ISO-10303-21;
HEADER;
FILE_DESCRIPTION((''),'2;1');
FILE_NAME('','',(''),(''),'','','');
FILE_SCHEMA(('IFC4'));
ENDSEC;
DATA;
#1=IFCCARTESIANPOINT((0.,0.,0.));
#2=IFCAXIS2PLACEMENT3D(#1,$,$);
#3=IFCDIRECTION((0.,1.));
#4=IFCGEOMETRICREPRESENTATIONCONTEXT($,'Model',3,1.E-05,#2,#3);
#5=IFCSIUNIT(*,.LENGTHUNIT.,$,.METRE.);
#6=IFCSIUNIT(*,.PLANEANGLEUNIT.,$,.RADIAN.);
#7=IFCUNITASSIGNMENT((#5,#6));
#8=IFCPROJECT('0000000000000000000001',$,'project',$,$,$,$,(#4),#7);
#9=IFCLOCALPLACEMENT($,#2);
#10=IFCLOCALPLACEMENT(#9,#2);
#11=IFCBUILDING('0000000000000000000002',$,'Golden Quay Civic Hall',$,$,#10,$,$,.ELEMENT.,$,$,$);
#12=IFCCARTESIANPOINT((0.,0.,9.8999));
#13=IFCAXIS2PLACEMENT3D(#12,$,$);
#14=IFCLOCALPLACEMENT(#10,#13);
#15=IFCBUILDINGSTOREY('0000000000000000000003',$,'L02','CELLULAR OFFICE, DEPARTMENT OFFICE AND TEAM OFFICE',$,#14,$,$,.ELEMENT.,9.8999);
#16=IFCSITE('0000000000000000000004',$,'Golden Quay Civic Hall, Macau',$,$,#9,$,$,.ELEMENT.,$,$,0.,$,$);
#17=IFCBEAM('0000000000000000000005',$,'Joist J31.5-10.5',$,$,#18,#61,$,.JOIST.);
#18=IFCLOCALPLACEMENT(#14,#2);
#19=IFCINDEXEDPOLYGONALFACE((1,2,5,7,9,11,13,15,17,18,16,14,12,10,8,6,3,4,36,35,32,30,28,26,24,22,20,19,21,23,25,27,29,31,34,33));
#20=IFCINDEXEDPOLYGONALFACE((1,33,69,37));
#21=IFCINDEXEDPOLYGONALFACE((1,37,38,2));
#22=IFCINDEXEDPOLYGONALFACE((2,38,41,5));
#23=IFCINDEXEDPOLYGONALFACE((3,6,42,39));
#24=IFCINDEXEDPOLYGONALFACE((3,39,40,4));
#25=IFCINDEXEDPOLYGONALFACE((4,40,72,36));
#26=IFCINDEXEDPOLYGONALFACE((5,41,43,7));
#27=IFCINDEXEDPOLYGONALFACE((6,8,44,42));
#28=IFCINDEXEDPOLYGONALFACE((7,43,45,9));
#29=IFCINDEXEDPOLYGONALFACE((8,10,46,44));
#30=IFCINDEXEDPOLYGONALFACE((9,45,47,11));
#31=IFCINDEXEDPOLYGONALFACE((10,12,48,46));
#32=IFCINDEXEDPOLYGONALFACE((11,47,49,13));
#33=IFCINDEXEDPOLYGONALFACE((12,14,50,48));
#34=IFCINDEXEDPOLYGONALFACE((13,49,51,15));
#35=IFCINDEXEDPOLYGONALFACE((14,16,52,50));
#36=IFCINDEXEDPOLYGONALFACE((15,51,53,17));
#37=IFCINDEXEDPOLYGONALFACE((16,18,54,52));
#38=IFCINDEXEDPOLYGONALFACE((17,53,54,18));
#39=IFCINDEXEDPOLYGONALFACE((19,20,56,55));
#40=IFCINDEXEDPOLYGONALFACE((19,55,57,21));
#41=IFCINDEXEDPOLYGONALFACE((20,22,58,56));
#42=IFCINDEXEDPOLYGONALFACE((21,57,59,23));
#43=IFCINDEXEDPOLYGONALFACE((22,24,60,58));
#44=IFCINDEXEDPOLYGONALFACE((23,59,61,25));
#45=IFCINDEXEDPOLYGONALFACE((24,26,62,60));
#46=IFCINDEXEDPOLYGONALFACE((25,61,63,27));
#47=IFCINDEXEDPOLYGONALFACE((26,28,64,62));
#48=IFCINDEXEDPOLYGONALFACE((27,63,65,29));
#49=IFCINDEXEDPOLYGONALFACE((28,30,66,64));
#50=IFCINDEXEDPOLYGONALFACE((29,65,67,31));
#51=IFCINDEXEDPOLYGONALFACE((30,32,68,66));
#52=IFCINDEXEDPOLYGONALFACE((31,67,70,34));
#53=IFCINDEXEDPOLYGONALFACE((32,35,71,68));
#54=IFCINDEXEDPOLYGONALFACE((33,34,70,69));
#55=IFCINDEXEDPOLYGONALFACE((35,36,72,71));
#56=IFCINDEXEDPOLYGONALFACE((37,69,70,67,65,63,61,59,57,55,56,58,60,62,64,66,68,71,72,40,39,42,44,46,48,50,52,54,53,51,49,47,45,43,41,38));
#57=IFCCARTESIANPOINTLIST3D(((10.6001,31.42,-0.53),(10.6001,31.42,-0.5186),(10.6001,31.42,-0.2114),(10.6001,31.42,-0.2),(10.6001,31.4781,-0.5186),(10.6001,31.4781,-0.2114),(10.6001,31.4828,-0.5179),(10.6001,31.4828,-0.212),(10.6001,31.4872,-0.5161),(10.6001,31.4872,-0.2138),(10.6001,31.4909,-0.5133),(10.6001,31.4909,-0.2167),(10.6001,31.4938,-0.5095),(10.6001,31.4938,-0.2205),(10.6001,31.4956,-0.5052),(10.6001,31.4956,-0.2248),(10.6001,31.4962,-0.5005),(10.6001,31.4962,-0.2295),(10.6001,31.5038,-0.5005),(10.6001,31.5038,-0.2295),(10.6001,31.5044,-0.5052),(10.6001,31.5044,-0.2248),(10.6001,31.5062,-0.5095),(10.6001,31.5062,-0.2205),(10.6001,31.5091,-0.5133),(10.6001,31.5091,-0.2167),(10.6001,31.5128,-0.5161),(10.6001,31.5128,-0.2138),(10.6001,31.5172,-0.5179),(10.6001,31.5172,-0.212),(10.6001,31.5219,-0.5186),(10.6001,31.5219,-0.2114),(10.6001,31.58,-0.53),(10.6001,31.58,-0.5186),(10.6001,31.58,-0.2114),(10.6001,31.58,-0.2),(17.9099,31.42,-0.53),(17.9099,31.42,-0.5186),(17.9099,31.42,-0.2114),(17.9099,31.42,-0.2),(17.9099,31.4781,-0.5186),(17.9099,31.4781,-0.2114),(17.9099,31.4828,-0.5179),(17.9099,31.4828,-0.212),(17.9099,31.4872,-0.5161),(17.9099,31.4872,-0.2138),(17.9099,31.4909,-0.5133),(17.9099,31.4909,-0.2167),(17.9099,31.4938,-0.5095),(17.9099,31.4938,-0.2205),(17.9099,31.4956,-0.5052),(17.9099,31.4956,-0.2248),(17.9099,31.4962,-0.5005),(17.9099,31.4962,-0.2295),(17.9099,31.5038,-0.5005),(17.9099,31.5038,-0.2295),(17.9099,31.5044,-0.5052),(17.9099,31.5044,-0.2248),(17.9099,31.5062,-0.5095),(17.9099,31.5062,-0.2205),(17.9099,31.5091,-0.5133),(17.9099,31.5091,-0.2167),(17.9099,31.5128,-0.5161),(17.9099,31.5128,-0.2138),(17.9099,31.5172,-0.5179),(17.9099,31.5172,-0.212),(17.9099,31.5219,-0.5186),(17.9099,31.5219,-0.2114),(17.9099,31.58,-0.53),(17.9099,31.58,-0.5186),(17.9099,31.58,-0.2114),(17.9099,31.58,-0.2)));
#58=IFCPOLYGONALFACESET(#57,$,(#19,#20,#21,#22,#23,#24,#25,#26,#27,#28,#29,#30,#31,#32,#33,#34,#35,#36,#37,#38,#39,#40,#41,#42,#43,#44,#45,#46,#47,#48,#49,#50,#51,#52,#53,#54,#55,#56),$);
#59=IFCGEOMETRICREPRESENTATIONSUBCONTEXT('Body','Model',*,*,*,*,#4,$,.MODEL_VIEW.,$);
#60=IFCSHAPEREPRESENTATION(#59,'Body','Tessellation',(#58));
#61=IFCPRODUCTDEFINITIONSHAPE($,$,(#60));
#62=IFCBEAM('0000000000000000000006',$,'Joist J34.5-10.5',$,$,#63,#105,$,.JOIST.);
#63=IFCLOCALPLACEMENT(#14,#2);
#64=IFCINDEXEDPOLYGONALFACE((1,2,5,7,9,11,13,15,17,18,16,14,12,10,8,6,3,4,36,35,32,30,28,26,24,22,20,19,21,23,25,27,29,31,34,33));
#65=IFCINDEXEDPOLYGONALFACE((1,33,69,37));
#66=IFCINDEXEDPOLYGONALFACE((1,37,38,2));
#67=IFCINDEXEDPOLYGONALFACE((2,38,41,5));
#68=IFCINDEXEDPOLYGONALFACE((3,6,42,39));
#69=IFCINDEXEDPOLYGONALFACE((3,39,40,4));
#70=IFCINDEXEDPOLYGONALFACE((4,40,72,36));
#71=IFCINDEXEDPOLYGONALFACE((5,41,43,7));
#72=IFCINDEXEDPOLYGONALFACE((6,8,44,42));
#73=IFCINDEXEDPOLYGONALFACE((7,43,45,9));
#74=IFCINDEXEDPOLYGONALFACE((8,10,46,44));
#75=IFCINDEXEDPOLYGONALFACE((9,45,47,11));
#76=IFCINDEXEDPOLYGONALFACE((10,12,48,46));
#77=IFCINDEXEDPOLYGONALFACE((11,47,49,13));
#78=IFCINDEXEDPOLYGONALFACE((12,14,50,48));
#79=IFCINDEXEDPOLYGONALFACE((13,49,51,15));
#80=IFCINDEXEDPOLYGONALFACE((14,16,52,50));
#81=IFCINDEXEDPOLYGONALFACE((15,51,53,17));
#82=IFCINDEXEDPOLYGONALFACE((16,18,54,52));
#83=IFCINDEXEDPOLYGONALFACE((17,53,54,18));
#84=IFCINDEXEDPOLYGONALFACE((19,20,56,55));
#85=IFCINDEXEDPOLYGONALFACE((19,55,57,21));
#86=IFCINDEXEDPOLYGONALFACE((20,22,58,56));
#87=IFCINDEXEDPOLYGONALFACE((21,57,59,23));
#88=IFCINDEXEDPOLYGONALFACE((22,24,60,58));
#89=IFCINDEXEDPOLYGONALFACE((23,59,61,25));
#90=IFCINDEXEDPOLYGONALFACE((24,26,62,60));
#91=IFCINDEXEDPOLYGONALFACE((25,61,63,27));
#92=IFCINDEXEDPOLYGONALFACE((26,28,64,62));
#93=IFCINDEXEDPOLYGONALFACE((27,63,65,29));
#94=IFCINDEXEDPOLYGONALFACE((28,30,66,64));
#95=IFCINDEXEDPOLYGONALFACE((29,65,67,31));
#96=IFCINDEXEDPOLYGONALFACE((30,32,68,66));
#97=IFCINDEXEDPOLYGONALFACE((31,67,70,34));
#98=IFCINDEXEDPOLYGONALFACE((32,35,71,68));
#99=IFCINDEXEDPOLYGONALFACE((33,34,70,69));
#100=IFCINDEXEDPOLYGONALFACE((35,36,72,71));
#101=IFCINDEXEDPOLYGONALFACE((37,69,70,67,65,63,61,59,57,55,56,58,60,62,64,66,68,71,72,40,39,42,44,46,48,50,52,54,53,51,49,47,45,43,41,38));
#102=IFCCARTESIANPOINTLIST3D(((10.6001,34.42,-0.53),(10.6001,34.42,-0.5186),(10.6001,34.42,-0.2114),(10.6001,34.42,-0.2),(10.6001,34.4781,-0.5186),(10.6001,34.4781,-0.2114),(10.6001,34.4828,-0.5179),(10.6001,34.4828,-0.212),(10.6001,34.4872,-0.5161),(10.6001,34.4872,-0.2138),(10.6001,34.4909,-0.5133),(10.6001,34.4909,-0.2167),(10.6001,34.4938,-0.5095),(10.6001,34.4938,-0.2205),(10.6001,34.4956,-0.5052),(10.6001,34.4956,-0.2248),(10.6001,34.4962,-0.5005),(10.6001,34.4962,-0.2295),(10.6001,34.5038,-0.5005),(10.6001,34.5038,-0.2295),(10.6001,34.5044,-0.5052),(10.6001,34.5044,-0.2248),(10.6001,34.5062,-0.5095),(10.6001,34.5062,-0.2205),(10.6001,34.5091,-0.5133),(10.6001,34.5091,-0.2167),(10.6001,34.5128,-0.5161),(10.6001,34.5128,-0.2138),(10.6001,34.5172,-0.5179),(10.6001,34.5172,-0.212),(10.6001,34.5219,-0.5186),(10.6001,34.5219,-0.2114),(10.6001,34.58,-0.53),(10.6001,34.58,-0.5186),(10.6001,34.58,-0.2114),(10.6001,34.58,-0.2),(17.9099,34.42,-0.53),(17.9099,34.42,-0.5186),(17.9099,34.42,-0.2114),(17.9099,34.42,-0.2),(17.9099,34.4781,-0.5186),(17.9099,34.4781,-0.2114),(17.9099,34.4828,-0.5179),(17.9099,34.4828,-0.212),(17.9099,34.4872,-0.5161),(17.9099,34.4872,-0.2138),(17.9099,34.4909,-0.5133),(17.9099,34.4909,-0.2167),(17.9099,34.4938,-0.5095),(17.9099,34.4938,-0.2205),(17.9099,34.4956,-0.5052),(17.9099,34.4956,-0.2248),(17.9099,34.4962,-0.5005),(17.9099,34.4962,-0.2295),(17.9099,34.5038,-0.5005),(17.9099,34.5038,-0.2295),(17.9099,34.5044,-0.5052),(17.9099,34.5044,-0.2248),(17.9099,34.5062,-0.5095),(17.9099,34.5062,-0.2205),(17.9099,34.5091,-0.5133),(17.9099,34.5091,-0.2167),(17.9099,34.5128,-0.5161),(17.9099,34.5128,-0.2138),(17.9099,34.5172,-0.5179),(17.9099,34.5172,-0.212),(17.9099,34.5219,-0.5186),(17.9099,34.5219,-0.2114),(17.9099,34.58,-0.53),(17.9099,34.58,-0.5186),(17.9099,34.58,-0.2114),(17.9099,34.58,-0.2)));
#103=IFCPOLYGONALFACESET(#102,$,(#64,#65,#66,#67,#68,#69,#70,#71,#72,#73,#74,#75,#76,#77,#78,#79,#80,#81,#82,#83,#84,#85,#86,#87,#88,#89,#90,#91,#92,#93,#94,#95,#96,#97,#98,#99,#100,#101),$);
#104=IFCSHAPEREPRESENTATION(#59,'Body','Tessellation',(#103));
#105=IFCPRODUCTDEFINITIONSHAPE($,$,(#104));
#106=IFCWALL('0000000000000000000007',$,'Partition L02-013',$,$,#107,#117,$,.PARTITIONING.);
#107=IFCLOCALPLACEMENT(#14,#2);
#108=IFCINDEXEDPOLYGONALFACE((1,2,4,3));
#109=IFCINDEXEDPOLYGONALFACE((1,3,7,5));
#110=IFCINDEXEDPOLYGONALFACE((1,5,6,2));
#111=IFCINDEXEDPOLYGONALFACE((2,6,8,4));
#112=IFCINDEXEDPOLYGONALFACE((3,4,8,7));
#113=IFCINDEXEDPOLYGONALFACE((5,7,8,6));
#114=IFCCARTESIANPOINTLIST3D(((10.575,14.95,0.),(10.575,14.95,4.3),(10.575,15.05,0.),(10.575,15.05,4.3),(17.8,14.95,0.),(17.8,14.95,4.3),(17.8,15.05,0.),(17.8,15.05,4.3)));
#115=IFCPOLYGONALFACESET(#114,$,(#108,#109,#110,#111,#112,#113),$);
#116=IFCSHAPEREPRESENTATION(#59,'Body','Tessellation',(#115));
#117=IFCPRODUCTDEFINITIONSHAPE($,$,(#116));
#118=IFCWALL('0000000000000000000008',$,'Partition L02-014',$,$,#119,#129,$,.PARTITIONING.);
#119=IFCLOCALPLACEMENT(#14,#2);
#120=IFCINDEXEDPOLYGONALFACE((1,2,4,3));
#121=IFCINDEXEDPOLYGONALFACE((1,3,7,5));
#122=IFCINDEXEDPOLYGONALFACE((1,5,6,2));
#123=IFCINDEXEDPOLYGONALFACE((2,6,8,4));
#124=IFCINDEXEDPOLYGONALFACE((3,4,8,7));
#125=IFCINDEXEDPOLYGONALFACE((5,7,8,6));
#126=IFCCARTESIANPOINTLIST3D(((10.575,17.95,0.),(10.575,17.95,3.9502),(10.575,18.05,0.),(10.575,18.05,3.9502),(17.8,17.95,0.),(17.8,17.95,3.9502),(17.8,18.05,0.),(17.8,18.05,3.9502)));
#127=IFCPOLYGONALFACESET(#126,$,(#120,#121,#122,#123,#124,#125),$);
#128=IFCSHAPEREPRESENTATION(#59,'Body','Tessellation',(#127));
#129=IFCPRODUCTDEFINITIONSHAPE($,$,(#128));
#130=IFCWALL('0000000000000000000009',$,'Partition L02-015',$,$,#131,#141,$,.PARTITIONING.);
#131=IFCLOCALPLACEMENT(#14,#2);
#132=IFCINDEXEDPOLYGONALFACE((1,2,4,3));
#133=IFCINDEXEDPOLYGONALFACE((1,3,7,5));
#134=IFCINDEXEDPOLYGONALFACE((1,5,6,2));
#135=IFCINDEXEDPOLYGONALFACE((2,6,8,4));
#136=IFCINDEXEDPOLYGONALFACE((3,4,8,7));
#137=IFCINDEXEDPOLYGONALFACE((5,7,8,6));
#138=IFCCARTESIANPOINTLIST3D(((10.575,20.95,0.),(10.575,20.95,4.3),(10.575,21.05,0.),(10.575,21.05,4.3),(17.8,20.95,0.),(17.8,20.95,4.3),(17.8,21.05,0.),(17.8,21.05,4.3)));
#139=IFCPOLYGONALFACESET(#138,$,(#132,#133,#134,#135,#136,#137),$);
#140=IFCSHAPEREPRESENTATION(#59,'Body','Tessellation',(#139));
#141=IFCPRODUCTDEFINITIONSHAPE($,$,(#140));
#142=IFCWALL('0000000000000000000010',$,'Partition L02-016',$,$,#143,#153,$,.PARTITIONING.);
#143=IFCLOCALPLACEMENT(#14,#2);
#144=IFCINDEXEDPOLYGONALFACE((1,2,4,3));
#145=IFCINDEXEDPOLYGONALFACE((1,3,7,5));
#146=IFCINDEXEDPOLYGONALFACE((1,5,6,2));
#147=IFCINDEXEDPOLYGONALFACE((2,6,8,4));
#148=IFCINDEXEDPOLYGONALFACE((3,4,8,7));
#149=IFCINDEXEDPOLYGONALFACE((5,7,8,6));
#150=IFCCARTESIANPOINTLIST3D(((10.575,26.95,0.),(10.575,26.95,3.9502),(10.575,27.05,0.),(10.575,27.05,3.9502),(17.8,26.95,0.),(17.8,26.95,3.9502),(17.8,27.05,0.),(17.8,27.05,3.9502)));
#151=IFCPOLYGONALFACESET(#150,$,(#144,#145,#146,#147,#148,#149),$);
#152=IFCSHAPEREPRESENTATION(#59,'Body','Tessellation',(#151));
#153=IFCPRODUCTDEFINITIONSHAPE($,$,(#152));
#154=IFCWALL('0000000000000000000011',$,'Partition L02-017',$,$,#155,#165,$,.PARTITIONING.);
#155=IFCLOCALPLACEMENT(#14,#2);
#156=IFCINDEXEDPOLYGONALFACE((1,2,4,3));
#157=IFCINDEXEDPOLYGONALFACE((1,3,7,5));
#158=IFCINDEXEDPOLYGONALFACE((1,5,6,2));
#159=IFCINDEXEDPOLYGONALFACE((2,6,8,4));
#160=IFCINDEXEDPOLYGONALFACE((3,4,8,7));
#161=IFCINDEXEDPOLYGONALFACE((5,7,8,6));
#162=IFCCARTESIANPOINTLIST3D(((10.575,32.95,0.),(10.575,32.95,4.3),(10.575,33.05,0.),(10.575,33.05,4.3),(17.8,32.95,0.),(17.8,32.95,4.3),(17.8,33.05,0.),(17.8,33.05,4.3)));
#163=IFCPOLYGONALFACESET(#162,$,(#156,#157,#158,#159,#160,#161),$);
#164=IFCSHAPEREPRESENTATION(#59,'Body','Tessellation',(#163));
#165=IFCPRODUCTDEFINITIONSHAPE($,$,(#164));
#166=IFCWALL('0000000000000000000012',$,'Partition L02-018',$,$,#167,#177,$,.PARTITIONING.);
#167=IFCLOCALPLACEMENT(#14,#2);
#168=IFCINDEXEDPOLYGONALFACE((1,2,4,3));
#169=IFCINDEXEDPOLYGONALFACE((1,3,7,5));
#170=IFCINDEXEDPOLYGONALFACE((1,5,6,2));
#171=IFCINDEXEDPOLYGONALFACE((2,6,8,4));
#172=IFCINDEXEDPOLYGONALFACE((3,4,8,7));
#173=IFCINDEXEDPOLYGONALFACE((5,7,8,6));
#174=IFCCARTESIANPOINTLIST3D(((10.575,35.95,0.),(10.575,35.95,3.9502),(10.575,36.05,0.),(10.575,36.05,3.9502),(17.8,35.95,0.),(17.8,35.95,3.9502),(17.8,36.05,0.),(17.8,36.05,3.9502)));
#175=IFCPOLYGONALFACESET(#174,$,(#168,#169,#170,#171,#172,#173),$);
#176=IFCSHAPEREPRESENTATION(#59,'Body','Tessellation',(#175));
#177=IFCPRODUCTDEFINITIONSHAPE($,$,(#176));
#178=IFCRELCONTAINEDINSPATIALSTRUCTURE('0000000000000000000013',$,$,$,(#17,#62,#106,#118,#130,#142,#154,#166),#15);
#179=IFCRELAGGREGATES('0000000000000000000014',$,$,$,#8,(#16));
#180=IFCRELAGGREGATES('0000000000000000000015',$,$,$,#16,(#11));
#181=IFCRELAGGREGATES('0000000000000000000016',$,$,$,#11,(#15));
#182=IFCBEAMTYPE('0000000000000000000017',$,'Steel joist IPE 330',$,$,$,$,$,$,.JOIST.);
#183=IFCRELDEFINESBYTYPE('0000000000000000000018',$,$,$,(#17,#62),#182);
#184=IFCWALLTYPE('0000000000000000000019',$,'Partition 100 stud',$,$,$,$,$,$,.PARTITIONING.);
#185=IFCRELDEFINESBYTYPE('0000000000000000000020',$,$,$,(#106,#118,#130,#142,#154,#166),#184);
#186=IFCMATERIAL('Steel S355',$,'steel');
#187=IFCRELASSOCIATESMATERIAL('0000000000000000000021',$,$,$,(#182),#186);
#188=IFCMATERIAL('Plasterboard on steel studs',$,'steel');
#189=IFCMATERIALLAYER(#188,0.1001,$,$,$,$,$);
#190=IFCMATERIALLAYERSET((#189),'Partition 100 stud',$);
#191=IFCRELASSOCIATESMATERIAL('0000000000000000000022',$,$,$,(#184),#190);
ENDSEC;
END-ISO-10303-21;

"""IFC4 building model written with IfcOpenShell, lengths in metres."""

from ifc_helpers import new_model, si_unit, direction, frame, frame_2d, origin, origin_2d, place, context, subcontext, project, spatial, rectangle, i_section, extrude, material, layer, layer_set, material_profile, profile_set, type_object, element, save


model = new_model("IFC4")

# Units and contexts
model_context = context("Model", 3, precision=1e-05, world=origin(), true_north=direction((0.0, 1.0)))
body_context = subcontext(model_context, "Body", "Model", "MODEL_VIEW")
ifc_project = project(units=[si_unit("LENGTHUNIT", "METRE"), si_unit("PLANEANGLEUNIT", "RADIAN")], contexts=[model_context])

# Site, building, storey
site_placement = place(None, origin())
site = spatial("IfcSite", under=ifc_project, at=site_placement, Name="Golden Quay Civic Hall, Macau", CompositionType="ELEMENT", RefElevation=0.0)
building_placement = place(site_placement, origin())
building = spatial("IfcBuilding", under=site, at=building_placement, Name="Golden Quay Civic Hall", CompositionType="ELEMENT")
storey_placement = place(building_placement, frame((0.0, 0.0, 9.8999)))
storey = spatial("IfcBuildingStorey", under=building, at=storey_placement, Name="L02", Description="CELLULAR OFFICE, DEPARTMENT OFFICE AND TEAM OFFICE", CompositionType="ELEMENT", Elevation=9.8999)

# Beams
ifc_material_1 = material(Name="Steel S355", Category="steel")
ifc_material_profile_1 = material_profile(ifc_material_1, i_section(OverallWidth=0.1599, OverallDepth=0.3301, WebThickness=0.0076, FlangeThickness=0.0115, FilletRadius=0.0181, at=origin_2d()), Name="IPE 330")
ifc_profile_set_1 = profile_set([ifc_material_profile_1], Name="Steel S355")
beam_type_1 = type_object("IfcBeamType", Name="Steel joist IPE 330", PredefinedType="JOIST", material=ifc_profile_set_1)
for number, where, z_axis, x_axis, name in (
    (1, (10.6001, 31.5, -0.365), (1.0, 0.0, 0.0), (0.0, 1.0, 0.0), "Joist J31.5-10.5"),
    (2, (10.6001, 34.5, -0.365), (1.0, 0.0, 0.0), (0.0, 1.0, 0.0), "Joist J34.5-10.5"),
):
    element("IfcBeam", number, at=place(storey_placement, frame(where, z_axis=z_axis, x_axis=x_axis)), inside=storey, type_object=beam_type_1, Name=name, PredefinedType="JOIST", context=body_context, shape_type="SweptSolid", body=[
        extrude(i_section(OverallWidth=0.1599, OverallDepth=0.3301, WebThickness=0.0076, FlangeThickness=0.0115, FilletRadius=0.0181, at=origin_2d()), origin(), (0.0, 0.0, 1.0), 7.3098),
    ])

# Walls
ifc_material_2 = material(Name="Plasterboard on steel studs", Category="steel")
ifc_layer = layer(ifc_material_2, 0.1001)
ifc_layer_set = layer_set([ifc_layer], Name="Partition 100 stud")
wall_type = type_object("IfcWallType", Name="Partition 100 stud", PredefinedType="PARTITIONING", material=ifc_layer_set)
wall_1_placement = place(storey_placement, frame((10.575, 15.0, 0.0), z_axis=(0.0, 0.0, 1.0), x_axis=(1.0, 0.0, 0.0)))
element("IfcWall", 3, at=wall_1_placement, inside=storey, type_object=wall_type, Name="Partition L02-013", PredefinedType="PARTITIONING", context=body_context, shape_type="SweptSolid", body=[
    extrude(rectangle(XDim=7.2251, YDim=0.1001, at=frame_2d((3.6125, 0.0))), origin(), (0.0, 0.0, 1.0), 4.3),
])
wall_2_placement = place(storey_placement, frame((10.575, 18.0, 0.0), z_axis=(0.0, 0.0, 1.0), x_axis=(1.0, 0.0, 0.0)))
element("IfcWall", 4, at=wall_2_placement, inside=storey, type_object=wall_type, Name="Partition L02-014", PredefinedType="PARTITIONING", context=body_context, shape_type="SweptSolid", body=[
    extrude(rectangle(XDim=7.2251, YDim=0.1001, at=frame_2d((3.6125, 0.0))), origin(), (0.0, 0.0, 1.0), 3.9502),
])
wall_3_placement = place(storey_placement, frame((10.575, 21.0, 0.0), z_axis=(0.0, 0.0, 1.0), x_axis=(1.0, 0.0, 0.0)))
element("IfcWall", 5, at=wall_3_placement, inside=storey, type_object=wall_type, Name="Partition L02-015", PredefinedType="PARTITIONING", context=body_context, shape_type="SweptSolid", body=[
    extrude(rectangle(XDim=7.2251, YDim=0.1001, at=frame_2d((3.6125, 0.0))), origin(), (0.0, 0.0, 1.0), 4.3),
])
wall_4_placement = place(storey_placement, frame((10.575, 27.0, 0.0), z_axis=(0.0, 0.0, 1.0), x_axis=(1.0, 0.0, 0.0)))
element("IfcWall", 6, at=wall_4_placement, inside=storey, type_object=wall_type, Name="Partition L02-016", PredefinedType="PARTITIONING", context=body_context, shape_type="SweptSolid", body=[
    extrude(rectangle(XDim=7.2251, YDim=0.1001, at=frame_2d((3.6125, 0.0))), origin(), (0.0, 0.0, 1.0), 3.9502),
])
wall_5_placement = place(storey_placement, frame((10.575, 33.0, 0.0), z_axis=(0.0, 0.0, 1.0), x_axis=(1.0, 0.0, 0.0)))
element("IfcWall", 7, at=wall_5_placement, inside=storey, type_object=wall_type, Name="Partition L02-017", PredefinedType="PARTITIONING", context=body_context, shape_type="SweptSolid", body=[
    extrude(rectangle(XDim=7.2251, YDim=0.1001, at=frame_2d((3.6125, 0.0))), origin(), (0.0, 0.0, 1.0), 4.3),
])
wall_6_placement = place(storey_placement, frame((10.575, 36.0, 0.0), z_axis=(0.0, 0.0, 1.0), x_axis=(1.0, 0.0, 0.0)))
element("IfcWall", 8, at=wall_6_placement, inside=storey, type_object=wall_type, Name="Partition L02-018", PredefinedType="PARTITIONING", context=body_context, shape_type="SweptSolid", body=[
    extrude(rectangle(XDim=7.2251, YDim=0.1001, at=frame_2d((3.6125, 0.0))), origin(), (0.0, 0.0, 1.0), 3.9502),
])

save(model, "model.ifc")
